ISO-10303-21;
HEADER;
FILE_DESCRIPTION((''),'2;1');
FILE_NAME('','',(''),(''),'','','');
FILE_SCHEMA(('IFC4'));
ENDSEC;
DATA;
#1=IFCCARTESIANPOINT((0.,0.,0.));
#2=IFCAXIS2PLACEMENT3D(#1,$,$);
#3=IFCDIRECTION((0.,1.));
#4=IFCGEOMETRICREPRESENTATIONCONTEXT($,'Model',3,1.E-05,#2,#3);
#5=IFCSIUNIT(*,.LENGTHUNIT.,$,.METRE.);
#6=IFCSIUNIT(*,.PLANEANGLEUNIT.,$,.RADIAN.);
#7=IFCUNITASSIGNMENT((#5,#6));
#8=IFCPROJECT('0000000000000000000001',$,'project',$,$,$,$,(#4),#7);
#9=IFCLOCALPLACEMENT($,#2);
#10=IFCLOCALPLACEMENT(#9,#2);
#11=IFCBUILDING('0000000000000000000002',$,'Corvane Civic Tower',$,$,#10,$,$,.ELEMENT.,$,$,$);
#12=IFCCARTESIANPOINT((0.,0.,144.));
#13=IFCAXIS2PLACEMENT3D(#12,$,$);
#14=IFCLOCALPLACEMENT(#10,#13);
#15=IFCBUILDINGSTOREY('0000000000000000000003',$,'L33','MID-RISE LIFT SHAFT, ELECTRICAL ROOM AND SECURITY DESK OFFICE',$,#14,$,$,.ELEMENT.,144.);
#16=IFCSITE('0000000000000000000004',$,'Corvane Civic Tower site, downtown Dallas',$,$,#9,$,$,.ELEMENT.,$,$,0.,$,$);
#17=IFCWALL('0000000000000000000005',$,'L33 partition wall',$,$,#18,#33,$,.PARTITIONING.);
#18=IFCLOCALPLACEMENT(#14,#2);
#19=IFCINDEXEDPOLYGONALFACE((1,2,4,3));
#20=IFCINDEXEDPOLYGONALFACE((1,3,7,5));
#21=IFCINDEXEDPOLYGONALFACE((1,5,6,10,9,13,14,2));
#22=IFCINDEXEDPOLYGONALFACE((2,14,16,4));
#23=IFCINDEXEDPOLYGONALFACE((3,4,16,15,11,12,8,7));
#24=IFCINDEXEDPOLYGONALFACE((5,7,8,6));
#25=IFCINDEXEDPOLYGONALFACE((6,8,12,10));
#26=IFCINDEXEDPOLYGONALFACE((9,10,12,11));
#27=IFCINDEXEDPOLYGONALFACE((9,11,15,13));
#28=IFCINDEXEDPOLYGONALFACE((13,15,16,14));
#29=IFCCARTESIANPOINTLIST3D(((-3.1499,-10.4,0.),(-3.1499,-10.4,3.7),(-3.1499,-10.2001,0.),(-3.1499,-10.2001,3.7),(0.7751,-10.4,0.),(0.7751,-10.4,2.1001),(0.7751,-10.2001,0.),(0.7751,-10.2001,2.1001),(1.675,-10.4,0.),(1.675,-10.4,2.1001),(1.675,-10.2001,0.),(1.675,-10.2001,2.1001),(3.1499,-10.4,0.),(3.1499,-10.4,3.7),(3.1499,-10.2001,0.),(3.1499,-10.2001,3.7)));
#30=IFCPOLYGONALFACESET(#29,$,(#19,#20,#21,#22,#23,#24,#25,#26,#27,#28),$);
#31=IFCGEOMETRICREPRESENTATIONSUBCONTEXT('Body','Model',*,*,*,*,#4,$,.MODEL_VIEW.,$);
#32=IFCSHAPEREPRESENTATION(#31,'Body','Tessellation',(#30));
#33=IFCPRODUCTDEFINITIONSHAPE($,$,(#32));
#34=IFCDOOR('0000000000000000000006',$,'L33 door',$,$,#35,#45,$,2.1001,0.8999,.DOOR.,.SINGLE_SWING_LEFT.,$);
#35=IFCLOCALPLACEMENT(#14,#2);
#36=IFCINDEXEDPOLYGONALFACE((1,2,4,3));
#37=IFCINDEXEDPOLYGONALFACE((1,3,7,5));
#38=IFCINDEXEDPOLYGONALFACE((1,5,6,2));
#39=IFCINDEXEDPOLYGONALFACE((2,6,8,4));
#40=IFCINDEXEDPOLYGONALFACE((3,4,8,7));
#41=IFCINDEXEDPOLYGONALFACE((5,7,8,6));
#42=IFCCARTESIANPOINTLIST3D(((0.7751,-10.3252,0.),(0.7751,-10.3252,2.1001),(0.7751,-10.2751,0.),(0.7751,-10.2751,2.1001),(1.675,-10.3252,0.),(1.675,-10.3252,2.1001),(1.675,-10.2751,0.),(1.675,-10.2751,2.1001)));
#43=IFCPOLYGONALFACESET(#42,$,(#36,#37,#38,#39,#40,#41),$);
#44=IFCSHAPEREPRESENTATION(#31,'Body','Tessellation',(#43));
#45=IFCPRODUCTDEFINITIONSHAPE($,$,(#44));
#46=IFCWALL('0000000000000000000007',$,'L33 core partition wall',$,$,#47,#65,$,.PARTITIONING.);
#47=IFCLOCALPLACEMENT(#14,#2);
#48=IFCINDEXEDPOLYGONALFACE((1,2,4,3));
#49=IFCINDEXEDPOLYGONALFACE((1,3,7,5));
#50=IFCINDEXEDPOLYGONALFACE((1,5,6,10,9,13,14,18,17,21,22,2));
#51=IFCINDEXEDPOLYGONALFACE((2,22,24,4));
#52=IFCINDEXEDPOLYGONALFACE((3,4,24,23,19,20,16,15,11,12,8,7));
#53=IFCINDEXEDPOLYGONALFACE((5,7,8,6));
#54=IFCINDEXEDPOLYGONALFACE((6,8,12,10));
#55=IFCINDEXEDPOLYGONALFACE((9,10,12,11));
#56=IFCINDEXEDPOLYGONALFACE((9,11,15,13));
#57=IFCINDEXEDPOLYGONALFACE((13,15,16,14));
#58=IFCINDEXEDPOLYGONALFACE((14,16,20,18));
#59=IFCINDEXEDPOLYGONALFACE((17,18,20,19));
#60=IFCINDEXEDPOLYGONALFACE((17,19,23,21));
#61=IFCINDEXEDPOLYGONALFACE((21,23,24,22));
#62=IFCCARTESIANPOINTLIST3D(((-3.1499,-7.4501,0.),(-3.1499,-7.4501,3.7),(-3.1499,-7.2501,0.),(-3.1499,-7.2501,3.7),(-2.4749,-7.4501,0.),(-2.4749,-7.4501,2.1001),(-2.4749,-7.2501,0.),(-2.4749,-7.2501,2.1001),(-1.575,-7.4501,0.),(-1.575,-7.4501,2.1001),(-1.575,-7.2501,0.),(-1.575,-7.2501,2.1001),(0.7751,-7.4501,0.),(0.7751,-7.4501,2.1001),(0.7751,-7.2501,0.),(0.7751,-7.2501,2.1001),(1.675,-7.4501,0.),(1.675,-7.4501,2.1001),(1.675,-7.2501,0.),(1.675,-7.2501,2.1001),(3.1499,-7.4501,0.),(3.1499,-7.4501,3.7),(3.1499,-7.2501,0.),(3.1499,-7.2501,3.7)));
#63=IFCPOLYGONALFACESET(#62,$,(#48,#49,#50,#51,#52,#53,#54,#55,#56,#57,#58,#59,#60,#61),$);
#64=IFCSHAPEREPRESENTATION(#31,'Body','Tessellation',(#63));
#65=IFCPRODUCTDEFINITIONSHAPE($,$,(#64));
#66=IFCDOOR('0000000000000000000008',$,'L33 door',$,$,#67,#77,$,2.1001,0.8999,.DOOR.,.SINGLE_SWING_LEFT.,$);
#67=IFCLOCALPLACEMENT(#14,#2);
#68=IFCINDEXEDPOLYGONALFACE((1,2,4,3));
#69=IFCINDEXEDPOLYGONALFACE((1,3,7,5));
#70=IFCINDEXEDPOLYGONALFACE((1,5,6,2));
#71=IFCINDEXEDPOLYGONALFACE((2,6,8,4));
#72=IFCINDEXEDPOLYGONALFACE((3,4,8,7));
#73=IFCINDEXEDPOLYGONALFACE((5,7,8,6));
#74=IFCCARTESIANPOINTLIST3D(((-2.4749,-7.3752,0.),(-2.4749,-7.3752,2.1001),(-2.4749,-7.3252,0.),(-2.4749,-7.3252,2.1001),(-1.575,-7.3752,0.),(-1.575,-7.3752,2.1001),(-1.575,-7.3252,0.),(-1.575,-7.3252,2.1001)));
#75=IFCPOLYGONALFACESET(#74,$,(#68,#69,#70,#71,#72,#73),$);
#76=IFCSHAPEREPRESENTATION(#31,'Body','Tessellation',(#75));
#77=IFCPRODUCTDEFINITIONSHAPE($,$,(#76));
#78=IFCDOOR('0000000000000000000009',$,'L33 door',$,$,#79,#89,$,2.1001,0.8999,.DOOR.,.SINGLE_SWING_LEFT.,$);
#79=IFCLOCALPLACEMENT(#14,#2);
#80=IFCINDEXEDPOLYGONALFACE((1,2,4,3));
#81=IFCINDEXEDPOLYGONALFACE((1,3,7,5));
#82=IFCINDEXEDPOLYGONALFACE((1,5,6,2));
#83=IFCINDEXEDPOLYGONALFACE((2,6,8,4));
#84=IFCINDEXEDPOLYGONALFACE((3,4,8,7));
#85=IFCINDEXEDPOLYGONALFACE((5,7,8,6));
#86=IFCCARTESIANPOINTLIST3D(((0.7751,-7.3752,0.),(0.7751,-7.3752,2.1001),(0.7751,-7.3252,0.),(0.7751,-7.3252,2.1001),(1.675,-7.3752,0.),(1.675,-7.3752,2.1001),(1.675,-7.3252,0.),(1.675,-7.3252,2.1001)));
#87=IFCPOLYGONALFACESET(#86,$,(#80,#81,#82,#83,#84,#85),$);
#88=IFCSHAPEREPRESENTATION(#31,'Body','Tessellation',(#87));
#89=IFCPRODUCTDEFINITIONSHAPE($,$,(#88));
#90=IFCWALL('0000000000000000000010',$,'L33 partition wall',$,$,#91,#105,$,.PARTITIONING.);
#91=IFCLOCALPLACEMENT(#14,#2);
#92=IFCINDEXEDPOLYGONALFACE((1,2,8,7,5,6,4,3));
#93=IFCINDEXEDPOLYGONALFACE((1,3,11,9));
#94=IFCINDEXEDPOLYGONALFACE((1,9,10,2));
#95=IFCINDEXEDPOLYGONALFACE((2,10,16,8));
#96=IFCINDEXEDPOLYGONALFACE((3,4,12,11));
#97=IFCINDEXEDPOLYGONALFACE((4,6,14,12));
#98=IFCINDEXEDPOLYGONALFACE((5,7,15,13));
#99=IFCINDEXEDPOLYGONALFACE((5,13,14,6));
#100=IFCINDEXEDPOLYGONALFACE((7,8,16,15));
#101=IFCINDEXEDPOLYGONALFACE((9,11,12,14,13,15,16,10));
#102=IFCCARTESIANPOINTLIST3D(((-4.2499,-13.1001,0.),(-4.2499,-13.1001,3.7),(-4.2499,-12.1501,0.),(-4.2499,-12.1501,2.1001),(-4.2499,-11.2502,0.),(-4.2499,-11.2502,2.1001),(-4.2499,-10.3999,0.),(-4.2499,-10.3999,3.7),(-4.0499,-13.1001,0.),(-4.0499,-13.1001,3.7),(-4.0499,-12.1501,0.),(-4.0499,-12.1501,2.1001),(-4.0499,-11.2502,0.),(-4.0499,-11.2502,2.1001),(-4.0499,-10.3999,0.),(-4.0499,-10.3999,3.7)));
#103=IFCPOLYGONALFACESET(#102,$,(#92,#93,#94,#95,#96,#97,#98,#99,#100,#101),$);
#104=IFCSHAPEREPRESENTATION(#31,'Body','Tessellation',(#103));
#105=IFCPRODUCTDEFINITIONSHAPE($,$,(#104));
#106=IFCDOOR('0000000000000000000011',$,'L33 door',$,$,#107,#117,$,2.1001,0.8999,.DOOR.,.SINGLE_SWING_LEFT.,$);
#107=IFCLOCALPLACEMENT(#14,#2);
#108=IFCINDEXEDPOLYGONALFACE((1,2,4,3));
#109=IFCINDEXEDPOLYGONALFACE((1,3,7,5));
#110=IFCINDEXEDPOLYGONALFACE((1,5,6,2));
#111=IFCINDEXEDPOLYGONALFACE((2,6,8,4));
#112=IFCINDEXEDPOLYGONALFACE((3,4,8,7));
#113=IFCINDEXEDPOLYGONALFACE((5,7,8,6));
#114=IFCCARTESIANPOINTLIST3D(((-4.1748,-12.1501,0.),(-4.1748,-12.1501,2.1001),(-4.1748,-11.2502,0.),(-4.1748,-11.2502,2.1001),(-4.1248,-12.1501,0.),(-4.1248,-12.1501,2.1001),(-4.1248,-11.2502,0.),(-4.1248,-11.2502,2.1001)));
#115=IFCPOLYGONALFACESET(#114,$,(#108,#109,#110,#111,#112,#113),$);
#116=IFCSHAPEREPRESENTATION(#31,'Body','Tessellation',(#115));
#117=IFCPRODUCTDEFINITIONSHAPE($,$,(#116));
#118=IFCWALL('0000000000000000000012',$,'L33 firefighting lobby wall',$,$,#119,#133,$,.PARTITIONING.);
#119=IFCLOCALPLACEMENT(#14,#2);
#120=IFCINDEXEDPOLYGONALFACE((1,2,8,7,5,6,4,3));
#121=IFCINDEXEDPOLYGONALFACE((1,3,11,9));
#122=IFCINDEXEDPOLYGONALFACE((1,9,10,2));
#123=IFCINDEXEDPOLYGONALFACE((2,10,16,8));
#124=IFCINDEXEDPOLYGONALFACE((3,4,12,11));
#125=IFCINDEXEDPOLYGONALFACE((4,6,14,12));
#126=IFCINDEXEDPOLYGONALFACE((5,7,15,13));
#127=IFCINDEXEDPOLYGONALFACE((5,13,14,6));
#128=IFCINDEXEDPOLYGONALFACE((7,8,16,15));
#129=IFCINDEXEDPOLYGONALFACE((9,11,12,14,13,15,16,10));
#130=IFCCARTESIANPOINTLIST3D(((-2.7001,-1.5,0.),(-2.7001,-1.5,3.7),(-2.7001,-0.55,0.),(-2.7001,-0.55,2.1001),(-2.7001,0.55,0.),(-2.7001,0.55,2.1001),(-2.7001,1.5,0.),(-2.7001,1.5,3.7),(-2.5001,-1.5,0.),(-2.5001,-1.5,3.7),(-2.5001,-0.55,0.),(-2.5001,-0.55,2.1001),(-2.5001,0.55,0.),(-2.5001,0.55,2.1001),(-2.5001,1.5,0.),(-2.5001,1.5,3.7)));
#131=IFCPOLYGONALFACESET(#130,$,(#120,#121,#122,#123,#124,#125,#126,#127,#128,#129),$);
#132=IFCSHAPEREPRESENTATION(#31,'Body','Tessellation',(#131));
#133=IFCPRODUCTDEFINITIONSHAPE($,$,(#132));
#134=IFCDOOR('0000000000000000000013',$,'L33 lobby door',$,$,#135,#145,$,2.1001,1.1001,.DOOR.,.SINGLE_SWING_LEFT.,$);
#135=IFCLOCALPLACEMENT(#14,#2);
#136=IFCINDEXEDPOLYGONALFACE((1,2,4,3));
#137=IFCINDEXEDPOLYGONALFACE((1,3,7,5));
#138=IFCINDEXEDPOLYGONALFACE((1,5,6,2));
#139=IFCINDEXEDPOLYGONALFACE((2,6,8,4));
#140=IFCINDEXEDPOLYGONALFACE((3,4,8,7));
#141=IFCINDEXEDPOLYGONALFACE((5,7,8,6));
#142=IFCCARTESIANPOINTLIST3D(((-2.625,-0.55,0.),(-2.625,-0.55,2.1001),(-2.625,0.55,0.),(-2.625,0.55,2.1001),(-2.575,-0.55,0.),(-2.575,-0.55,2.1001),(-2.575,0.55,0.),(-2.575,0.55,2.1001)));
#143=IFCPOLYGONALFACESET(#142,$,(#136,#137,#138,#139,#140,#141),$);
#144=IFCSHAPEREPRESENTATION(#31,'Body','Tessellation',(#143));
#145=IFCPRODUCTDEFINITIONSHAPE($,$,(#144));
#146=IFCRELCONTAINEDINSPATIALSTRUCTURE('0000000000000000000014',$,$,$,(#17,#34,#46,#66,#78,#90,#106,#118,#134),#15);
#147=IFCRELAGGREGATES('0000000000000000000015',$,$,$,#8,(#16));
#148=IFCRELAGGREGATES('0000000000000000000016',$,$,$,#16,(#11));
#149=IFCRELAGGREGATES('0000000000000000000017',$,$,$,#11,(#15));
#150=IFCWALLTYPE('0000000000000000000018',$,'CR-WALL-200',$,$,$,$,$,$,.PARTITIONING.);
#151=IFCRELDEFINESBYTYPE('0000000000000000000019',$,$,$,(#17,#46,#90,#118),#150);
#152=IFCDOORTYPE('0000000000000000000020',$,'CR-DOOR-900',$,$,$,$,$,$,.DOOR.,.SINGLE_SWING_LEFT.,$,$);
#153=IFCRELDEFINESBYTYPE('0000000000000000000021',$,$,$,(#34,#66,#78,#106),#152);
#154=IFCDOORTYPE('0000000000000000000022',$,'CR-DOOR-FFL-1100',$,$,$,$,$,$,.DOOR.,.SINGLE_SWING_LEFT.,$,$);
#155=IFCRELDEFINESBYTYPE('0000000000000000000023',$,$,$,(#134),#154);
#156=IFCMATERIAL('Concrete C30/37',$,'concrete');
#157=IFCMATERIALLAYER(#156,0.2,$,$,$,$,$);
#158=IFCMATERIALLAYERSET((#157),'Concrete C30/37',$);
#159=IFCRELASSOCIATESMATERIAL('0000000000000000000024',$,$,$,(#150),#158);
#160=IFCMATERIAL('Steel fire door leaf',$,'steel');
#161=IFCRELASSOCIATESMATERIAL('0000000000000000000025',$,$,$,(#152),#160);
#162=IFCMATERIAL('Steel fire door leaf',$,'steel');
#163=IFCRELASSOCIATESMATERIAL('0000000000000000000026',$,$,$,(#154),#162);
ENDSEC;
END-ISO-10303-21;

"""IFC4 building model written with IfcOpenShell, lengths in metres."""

from ifc_helpers import new_model, si_unit, direction, frame, frame_2d, origin, place, context, subcontext, project, spatial, rectangle, extrude, material, layer, layer_set, type_object, element, fill, save


model = new_model("IFC4")

# Units and contexts
model_context = context("Model", 3, precision=1e-05, world=origin(), true_north=direction((0.0, 1.0)))
body_context = subcontext(model_context, "Body", "Model", "MODEL_VIEW")
ifc_project = project(units=[si_unit("LENGTHUNIT", "METRE"), si_unit("PLANEANGLEUNIT", "RADIAN")], contexts=[model_context])

# Site, building, storey
site_placement = place(None, origin())
site = spatial("IfcSite", under=ifc_project, at=site_placement, Name="Corvane Civic Tower site, downtown Dallas", CompositionType="ELEMENT", RefElevation=0.0)
building_placement = place(site_placement, origin())
building = spatial("IfcBuilding", under=site, at=building_placement, Name="Corvane Civic Tower", CompositionType="ELEMENT")
storey_placement = place(building_placement, frame((0.0, 0.0, 144.0)))
storey = spatial("IfcBuildingStorey", under=building, at=storey_placement, Name="L33", Description="MID-RISE LIFT SHAFT, ELECTRICAL ROOM AND SECURITY DESK OFFICE", CompositionType="ELEMENT", Elevation=144.0)

# Wall, opening, door
ifc_material_1 = material(Name="Concrete C30/37", Category="concrete")
ifc_layer_1 = layer(ifc_material_1, 0.2)
ifc_layer_set_1 = layer_set([ifc_layer_1], Name="Concrete C30/37")
wall_type = type_object("IfcWallType", Name="CR-WALL-200", PredefinedType="PARTITIONING", material=ifc_layer_set_1)
wall_1_placement = place(storey_placement, frame((-3.1499, -10.3, 0.0), z_axis=(0.0, 0.0, 1.0), x_axis=(1.0, 0.0, 0.0)))
wall_1 = element("IfcWall", 1, at=wall_1_placement, inside=storey, type_object=wall_type, Name="L33 partition wall", PredefinedType="PARTITIONING", context=body_context, shape_type="SweptSolid", body=[
    extrude(rectangle(XDim=6.2998, YDim=0.2, at=frame_2d((3.1499, 0.0))), origin(), (0.0, 0.0, 1.0), 3.7),
])
opening_1_placement = place(wall_1_placement, frame((3.925, 0.0, 0.0)))
opening_1 = element("IfcOpeningElement", 2, at=opening_1_placement, cuts=wall_1, PredefinedType="OPENING", context=body_context, shape_type="SweptSolid", body=[
    extrude(rectangle(XDim=0.8999, YDim=2.1001, at=frame_2d((0.45, 1.05))), frame((0.0, 0.1099, 0.0), z_axis=(0.0, -1.0, 0.0), x_axis=(1.0, 0.0, 0.0)), (0.0, 0.0, 1.0), 0.22),
])
ifc_material_2 = material(Name="Steel fire door leaf", Category="steel")
door_type_1 = type_object("IfcDoorType", Name="CR-DOOR-900", OperationType="SINGLE_SWING_LEFT", PredefinedType="DOOR", material=ifc_material_2)
door_1_placement = place(opening_1_placement, origin())
door_1 = element("IfcDoor", 3, at=door_1_placement, inside=storey, type_object=door_type_1, Name="L33 door", OperationType="SINGLE_SWING_LEFT", OverallHeight=2.1001, OverallWidth=0.8999, PredefinedType="DOOR", context=body_context, shape_type="SweptSolid", body=[
    extrude(rectangle(XDim=0.8999, YDim=2.1001, at=frame_2d((0.45, 1.05))), frame((0.0, 0.0249, 0.0), z_axis=(0.0, -1.0, 0.0), x_axis=(1.0, 0.0, 0.0)), (0.0, 0.0, 1.0), 0.05),
])
fill(opening_1, door_1)

# Wall, openings, doors
wall_2_placement = place(storey_placement, frame((-3.1499, -7.3501, 0.0), z_axis=(0.0, 0.0, 1.0), x_axis=(1.0, 0.0, 0.0)))
wall_2 = element("IfcWall", 4, at=wall_2_placement, inside=storey, type_object=wall_type, Name="L33 core partition wall", PredefinedType="PARTITIONING", context=body_context, shape_type="SweptSolid", body=[
    extrude(rectangle(XDim=6.2998, YDim=0.2, at=frame_2d((3.1499, 0.0))), origin(), (0.0, 0.0, 1.0), 3.7),
])
opening_2_placement = place(wall_2_placement, frame((0.675, 0.0, 0.0)))
opening_2 = element("IfcOpeningElement", 5, at=opening_2_placement, cuts=wall_2, PredefinedType="OPENING", context=body_context, shape_type="SweptSolid", body=[
    extrude(rectangle(XDim=0.8999, YDim=2.1001, at=frame_2d((0.45, 1.05))), frame((0.0, 0.1099, 0.0), z_axis=(0.0, -1.0, 0.0), x_axis=(1.0, 0.0, 0.0)), (0.0, 0.0, 1.0), 0.22),
])
opening_3_placement = place(wall_2_placement, frame((3.925, 0.0, 0.0)))
opening_3 = element("IfcOpeningElement", 6, at=opening_3_placement, cuts=wall_2, PredefinedType="OPENING", context=body_context, shape_type="SweptSolid", body=[
    extrude(rectangle(XDim=0.8999, YDim=2.1001, at=frame_2d((0.45, 1.05))), frame((0.0, 0.1099, 0.0), z_axis=(0.0, -1.0, 0.0), x_axis=(1.0, 0.0, 0.0)), (0.0, 0.0, 1.0), 0.22),
])
door_2_placement = place(opening_2_placement, origin())
door_2 = element("IfcDoor", 7, at=door_2_placement, inside=storey, type_object=door_type_1, Name="L33 door", OperationType="SINGLE_SWING_LEFT", OverallHeight=2.1001, OverallWidth=0.8999, PredefinedType="DOOR", context=body_context, shape_type="SweptSolid", body=[
    extrude(rectangle(XDim=0.8999, YDim=2.1001, at=frame_2d((0.45, 1.05))), frame((0.0, 0.0249, 0.0), z_axis=(0.0, -1.0, 0.0), x_axis=(1.0, 0.0, 0.0)), (0.0, 0.0, 1.0), 0.05),
])
fill(opening_2, door_2)
door_3_placement = place(opening_3_placement, origin())
door_3 = element("IfcDoor", 8, at=door_3_placement, inside=storey, type_object=door_type_1, Name="L33 door", OperationType="SINGLE_SWING_LEFT", OverallHeight=2.1001, OverallWidth=0.8999, PredefinedType="DOOR", context=body_context, shape_type="SweptSolid", body=[
    extrude(rectangle(XDim=0.8999, YDim=2.1001, at=frame_2d((0.45, 1.05))), frame((0.0, 0.0249, 0.0), z_axis=(0.0, -1.0, 0.0), x_axis=(1.0, 0.0, 0.0)), (0.0, 0.0, 1.0), 0.05),
])
fill(opening_3, door_3)

# Walls, openings, doors
wall_3_placement = place(storey_placement, frame((-4.1499, -13.1001, 0.0), z_axis=(0.0, 0.0, 1.0), x_axis=(0.0, 1.0, 0.0)))
wall_3 = element("IfcWall", 9, at=wall_3_placement, inside=storey, type_object=wall_type, Name="L33 partition wall", PredefinedType="PARTITIONING", context=body_context, shape_type="SweptSolid", body=[
    extrude(rectangle(XDim=2.7002, YDim=0.2, at=frame_2d((1.3501, 0.0))), origin(), (0.0, 0.0, 1.0), 3.7),
])
opening_4_placement = place(wall_3_placement, frame((0.95, 0.0, 0.0)))
opening_4 = element("IfcOpeningElement", 10, at=opening_4_placement, cuts=wall_3, PredefinedType="OPENING", context=body_context, shape_type="SweptSolid", body=[
    extrude(rectangle(XDim=0.8999, YDim=2.1001, at=frame_2d((0.45, 1.05))), frame((0.0, 0.1099, 0.0), z_axis=(0.0, -1.0, 0.0), x_axis=(1.0, 0.0, 0.0)), (0.0, 0.0, 1.0), 0.22),
])
door_4_placement = place(opening_4_placement, origin())
door_4 = element("IfcDoor", 11, at=door_4_placement, inside=storey, type_object=door_type_1, Name="L33 door", OperationType="SINGLE_SWING_LEFT", OverallHeight=2.1001, OverallWidth=0.8999, PredefinedType="DOOR", context=body_context, shape_type="SweptSolid", body=[
    extrude(rectangle(XDim=0.8999, YDim=2.1001, at=frame_2d((0.45, 1.05))), frame((0.0, 0.0249, 0.0), z_axis=(0.0, -1.0, 0.0), x_axis=(1.0, 0.0, 0.0)), (0.0, 0.0, 1.0), 0.05),
])
fill(opening_4, door_4)
wall_4_placement = place(storey_placement, frame((-2.6001, -1.5, 0.0), z_axis=(0.0, 0.0, 1.0), x_axis=(0.0, 1.0, 0.0)))
wall_4 = element("IfcWall", 12, at=wall_4_placement, inside=storey, type_object=wall_type, Name="L33 firefighting lobby wall", PredefinedType="PARTITIONING", context=body_context, shape_type="SweptSolid", body=[
    extrude(rectangle(XDim=3.0, YDim=0.2, at=frame_2d((1.5, 0.0))), origin(), (0.0, 0.0, 1.0), 3.7),
])
opening_5_placement = place(wall_4_placement, frame((0.95, 0.0, 0.0)))
opening_5 = element("IfcOpeningElement", 13, at=opening_5_placement, cuts=wall_4, PredefinedType="OPENING", context=body_context, shape_type="SweptSolid", body=[
    extrude(rectangle(XDim=1.1001, YDim=2.1001, at=frame_2d((0.55, 1.05))), frame((0.0, 0.1099, 0.0), z_axis=(0.0, -1.0, 0.0), x_axis=(1.0, 0.0, 0.0)), (0.0, 0.0, 1.0), 0.22),
])
ifc_material_3 = material(Name="Steel fire door leaf", Category="steel")
door_type_2 = type_object("IfcDoorType", Name="CR-DOOR-FFL-1100", OperationType="SINGLE_SWING_LEFT", PredefinedType="DOOR", material=ifc_material_3)
door_5_placement = place(opening_5_placement, origin())
door_5 = element("IfcDoor", 14, at=door_5_placement, inside=storey, type_object=door_type_2, Name="L33 lobby door", OperationType="SINGLE_SWING_LEFT", OverallHeight=2.1001, OverallWidth=1.1001, PredefinedType="DOOR", context=body_context, shape_type="SweptSolid", body=[
    extrude(rectangle(XDim=1.1001, YDim=2.1001, at=frame_2d((0.55, 1.05))), frame((0.0, 0.0249, 0.0), z_axis=(0.0, -1.0, 0.0), x_axis=(1.0, 0.0, 0.0)), (0.0, 0.0, 1.0), 0.05),
])
fill(opening_5, door_5)

save(model, "model.ifc")
